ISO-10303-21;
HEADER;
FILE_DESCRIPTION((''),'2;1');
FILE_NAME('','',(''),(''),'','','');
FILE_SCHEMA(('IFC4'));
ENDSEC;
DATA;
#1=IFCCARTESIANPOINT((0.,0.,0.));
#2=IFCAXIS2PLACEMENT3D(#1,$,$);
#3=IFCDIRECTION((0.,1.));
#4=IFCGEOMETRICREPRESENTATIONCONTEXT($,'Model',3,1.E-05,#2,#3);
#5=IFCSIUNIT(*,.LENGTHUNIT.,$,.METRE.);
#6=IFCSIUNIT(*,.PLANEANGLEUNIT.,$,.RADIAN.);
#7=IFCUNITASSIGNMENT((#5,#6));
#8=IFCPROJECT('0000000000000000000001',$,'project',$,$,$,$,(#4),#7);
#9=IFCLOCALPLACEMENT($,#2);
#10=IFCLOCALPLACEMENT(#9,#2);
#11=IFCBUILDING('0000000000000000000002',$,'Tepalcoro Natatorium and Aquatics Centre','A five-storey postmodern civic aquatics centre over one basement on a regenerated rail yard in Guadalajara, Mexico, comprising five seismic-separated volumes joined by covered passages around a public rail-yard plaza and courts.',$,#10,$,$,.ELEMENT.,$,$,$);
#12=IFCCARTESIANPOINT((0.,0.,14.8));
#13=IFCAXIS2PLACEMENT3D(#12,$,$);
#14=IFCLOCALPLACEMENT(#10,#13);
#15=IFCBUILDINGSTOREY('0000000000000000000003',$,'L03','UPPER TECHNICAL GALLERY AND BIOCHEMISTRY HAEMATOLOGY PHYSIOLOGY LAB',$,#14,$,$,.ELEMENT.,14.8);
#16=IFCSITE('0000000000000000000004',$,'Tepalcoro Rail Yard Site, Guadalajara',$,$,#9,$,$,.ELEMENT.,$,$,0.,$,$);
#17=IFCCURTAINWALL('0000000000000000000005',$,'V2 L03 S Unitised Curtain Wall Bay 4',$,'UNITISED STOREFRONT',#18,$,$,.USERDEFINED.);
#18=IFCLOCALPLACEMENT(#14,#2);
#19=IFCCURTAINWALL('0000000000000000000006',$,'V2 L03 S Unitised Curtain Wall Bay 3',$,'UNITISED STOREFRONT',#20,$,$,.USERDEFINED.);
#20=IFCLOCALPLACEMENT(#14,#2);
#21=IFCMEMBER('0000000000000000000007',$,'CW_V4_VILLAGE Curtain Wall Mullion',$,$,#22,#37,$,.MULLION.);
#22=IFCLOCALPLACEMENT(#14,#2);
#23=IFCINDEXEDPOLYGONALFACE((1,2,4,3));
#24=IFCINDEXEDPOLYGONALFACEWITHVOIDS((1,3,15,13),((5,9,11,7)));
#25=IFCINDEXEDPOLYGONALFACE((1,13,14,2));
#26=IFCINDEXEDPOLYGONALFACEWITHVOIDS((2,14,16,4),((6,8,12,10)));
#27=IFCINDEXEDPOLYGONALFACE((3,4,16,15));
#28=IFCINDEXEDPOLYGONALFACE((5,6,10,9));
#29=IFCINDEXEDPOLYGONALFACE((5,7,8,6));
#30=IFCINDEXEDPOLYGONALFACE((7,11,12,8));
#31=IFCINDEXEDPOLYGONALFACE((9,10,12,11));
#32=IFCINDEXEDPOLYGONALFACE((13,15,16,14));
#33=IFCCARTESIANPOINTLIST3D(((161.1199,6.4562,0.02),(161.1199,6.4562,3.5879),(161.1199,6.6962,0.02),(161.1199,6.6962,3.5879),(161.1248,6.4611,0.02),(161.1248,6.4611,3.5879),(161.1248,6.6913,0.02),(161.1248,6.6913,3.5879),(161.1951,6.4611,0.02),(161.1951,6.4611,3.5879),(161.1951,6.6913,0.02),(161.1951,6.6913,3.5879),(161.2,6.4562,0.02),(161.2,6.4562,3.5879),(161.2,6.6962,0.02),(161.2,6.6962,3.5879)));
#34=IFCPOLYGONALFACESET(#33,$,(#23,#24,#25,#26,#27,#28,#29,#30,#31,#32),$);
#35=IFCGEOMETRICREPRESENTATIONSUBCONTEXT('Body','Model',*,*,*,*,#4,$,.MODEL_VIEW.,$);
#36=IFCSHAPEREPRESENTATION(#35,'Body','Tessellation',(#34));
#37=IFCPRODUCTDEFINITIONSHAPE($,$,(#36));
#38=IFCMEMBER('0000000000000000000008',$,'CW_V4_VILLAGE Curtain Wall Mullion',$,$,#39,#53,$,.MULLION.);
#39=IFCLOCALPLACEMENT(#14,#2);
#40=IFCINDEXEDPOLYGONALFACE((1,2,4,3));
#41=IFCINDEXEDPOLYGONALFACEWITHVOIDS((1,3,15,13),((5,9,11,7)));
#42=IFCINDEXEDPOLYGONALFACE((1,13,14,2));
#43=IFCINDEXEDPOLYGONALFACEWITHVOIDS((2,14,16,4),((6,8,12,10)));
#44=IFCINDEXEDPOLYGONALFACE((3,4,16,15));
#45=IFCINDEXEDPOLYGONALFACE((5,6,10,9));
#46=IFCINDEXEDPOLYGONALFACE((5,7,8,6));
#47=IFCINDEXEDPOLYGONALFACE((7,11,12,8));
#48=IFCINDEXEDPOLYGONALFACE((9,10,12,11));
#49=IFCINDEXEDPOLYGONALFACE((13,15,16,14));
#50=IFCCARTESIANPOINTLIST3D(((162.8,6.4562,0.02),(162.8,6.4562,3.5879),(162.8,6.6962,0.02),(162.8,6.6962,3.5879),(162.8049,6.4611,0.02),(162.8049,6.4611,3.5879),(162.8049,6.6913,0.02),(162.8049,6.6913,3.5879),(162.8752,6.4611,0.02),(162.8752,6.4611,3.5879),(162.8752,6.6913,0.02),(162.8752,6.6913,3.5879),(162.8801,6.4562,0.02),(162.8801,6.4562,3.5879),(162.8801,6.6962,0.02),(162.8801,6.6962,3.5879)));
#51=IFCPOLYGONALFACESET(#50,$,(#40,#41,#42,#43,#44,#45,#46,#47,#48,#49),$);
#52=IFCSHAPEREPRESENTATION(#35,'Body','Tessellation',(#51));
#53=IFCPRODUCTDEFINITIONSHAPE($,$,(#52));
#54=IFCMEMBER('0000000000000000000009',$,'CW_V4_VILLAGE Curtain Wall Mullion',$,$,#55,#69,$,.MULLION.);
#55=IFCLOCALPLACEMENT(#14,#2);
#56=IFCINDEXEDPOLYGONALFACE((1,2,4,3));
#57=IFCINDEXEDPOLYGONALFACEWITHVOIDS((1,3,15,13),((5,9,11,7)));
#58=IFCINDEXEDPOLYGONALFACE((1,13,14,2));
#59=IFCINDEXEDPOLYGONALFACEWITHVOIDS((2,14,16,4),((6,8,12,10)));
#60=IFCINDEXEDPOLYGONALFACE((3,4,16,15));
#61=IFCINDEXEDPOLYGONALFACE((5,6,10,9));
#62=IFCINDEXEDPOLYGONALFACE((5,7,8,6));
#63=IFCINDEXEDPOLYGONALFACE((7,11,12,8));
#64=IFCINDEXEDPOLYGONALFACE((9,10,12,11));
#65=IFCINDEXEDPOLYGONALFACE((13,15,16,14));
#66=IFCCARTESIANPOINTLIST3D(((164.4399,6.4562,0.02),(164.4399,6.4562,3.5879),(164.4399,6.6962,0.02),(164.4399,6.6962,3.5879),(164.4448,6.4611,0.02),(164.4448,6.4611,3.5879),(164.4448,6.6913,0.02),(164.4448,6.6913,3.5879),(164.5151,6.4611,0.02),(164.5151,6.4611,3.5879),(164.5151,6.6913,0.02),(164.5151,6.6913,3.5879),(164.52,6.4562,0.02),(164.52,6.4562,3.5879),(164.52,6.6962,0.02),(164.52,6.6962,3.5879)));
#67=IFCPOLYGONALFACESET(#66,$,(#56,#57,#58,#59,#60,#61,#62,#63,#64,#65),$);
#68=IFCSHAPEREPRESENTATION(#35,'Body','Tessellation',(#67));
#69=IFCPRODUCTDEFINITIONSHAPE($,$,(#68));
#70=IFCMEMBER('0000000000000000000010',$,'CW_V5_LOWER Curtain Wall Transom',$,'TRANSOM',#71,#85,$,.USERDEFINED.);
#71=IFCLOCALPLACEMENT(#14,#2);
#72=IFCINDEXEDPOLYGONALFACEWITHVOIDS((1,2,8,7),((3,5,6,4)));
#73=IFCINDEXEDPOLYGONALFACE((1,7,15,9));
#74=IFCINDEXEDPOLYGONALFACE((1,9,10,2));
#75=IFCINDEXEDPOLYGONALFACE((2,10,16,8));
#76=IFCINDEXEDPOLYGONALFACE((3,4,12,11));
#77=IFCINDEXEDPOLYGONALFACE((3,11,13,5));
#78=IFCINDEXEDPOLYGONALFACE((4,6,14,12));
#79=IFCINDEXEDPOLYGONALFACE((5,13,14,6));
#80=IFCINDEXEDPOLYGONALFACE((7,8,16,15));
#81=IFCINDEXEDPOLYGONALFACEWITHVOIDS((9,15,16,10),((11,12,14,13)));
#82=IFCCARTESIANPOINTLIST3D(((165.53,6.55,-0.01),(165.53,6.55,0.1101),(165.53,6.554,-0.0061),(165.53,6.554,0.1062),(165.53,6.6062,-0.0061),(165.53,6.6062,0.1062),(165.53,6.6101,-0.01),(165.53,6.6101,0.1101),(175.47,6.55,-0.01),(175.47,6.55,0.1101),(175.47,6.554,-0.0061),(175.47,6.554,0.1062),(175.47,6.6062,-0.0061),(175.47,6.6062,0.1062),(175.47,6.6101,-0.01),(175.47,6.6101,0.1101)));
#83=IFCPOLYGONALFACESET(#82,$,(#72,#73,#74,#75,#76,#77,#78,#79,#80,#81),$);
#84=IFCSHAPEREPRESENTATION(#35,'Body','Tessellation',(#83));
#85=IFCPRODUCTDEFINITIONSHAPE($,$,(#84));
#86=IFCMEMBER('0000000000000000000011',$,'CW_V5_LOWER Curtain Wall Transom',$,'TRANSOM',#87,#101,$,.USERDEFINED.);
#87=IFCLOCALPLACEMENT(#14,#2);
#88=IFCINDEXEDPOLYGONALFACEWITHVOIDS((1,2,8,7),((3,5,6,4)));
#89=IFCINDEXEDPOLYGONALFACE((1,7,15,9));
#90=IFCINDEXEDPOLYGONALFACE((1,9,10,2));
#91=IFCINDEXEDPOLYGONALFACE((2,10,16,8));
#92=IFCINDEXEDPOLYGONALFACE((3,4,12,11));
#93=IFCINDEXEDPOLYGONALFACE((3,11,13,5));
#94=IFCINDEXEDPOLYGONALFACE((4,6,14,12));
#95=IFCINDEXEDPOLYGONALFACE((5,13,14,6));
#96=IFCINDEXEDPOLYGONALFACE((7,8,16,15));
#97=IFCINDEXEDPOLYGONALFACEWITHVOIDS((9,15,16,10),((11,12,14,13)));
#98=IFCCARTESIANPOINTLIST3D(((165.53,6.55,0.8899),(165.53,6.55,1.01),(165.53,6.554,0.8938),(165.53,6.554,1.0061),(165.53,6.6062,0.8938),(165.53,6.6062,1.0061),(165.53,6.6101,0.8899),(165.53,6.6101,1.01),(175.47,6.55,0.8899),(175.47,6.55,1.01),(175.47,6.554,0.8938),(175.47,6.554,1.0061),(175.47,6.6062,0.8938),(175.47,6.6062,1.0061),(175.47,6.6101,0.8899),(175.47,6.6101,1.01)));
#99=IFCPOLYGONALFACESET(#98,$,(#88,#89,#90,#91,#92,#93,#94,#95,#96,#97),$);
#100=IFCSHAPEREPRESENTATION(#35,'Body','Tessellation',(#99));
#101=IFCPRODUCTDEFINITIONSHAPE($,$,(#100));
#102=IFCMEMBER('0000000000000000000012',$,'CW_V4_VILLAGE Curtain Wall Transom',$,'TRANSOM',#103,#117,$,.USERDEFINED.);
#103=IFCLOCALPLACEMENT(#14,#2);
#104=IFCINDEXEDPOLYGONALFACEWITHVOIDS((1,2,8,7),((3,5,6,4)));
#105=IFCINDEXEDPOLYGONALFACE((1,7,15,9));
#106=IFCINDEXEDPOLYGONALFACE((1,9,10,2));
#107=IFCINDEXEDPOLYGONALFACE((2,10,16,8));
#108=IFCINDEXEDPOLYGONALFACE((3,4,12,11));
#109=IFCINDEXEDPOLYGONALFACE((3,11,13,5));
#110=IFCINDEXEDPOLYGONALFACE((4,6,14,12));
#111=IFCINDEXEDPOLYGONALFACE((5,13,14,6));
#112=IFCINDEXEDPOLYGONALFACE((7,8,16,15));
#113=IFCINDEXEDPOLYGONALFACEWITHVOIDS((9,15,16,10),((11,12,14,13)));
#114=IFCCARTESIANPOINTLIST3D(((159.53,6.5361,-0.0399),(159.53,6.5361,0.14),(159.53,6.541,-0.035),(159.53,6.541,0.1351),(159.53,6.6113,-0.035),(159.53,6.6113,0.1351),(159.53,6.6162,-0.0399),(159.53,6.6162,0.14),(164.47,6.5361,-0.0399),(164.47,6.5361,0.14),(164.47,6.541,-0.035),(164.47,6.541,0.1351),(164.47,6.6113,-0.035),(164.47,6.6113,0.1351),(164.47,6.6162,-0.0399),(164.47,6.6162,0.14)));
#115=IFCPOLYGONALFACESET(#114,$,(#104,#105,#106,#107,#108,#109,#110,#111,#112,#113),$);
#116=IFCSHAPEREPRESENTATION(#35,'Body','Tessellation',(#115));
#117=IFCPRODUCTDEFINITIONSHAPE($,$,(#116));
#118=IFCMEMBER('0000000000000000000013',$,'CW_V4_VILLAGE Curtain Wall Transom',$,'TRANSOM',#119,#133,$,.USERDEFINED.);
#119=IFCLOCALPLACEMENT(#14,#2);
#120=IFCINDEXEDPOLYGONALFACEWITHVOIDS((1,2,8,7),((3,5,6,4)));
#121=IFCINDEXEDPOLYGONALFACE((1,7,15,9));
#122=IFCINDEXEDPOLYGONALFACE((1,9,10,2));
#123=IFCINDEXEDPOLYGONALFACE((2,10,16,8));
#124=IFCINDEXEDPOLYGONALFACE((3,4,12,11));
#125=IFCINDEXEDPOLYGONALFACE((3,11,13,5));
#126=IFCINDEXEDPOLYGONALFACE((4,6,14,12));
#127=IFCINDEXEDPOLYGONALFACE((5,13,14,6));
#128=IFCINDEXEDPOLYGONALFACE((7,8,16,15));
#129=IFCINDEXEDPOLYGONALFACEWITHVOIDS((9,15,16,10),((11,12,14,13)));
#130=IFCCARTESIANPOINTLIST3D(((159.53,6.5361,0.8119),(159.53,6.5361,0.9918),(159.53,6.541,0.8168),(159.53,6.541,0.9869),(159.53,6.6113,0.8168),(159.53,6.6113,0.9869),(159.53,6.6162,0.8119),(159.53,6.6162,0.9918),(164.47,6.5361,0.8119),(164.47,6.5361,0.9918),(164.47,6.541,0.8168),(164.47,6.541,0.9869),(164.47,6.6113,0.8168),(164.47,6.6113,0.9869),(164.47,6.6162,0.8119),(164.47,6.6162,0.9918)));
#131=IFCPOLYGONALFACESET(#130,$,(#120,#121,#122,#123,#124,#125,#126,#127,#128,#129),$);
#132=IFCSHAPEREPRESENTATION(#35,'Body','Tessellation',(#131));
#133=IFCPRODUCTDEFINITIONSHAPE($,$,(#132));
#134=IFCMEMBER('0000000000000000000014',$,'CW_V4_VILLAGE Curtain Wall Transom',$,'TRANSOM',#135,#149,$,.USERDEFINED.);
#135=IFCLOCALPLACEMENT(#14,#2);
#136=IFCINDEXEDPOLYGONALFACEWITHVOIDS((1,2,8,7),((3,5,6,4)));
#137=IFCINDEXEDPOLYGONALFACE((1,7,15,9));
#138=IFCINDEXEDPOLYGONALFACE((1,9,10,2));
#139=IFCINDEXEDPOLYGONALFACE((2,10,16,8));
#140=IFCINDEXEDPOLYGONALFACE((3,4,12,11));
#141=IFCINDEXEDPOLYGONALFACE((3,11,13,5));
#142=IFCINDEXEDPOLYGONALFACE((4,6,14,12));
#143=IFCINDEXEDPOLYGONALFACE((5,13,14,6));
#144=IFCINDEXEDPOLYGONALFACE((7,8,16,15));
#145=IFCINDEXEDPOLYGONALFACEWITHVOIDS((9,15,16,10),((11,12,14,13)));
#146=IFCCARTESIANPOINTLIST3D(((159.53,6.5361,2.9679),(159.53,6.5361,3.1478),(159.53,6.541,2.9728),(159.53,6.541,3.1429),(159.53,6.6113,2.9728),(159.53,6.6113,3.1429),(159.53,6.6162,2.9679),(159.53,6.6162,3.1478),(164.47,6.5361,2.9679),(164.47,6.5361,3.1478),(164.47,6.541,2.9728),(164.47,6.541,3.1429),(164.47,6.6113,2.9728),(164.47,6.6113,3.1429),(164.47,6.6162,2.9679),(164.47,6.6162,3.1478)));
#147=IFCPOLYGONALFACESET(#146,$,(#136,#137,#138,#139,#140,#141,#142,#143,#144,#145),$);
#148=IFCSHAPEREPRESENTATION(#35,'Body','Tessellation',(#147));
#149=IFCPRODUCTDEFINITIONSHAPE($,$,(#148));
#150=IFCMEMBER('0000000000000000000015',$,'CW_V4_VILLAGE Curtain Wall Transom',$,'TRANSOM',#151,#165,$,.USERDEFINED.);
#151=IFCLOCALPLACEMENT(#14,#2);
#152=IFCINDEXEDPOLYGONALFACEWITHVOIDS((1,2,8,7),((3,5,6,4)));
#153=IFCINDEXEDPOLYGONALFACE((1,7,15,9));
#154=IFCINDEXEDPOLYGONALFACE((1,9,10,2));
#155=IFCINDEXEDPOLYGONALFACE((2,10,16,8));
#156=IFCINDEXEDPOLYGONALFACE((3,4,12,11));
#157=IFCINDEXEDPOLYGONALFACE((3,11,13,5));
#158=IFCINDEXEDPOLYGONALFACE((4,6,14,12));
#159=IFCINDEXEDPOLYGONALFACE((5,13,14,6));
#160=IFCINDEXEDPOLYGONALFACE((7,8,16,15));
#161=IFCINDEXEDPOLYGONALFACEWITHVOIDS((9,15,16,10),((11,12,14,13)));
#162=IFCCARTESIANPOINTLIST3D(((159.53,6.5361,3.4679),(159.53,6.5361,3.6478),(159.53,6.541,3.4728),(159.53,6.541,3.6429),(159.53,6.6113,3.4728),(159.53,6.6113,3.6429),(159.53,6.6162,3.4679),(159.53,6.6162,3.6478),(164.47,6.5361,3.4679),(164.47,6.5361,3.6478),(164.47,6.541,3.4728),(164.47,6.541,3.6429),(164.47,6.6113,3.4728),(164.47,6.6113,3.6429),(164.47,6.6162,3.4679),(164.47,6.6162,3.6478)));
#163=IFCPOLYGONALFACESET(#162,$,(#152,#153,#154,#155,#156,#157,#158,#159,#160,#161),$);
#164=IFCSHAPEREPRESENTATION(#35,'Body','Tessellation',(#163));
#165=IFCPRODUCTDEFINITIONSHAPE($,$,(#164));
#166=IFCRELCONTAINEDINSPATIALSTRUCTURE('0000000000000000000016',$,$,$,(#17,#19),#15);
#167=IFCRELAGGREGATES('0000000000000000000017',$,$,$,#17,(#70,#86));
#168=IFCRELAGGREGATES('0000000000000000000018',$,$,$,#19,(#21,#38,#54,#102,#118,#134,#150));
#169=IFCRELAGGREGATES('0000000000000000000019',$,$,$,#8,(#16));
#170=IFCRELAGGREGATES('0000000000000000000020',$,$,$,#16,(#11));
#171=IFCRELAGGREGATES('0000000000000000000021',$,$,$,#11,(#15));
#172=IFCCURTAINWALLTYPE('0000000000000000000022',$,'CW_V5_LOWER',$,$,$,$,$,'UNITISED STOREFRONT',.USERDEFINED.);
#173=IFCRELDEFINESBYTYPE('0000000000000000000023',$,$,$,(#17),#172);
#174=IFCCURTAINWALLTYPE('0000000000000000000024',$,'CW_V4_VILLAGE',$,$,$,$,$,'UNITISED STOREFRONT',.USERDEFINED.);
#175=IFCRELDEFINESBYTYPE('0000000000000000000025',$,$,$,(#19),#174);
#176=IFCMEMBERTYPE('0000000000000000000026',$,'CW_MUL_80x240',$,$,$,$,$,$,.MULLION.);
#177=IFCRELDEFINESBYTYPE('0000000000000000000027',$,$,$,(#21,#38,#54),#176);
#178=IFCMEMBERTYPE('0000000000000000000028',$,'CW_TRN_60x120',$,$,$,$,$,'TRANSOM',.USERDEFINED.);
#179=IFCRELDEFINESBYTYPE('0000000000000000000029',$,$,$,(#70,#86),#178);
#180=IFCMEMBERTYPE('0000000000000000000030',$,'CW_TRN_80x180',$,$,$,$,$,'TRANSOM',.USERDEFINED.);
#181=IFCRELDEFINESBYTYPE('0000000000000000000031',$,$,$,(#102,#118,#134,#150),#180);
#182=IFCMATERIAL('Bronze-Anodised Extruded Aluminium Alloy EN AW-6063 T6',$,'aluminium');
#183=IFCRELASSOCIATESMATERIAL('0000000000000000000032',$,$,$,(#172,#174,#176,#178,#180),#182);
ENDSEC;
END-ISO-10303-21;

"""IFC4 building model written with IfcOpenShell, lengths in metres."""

from ifc_helpers import new_model, si_unit, direction, frame, origin, origin_2d, place, context, subcontext, project, spatial, hollow_rectangle, extrude, material, material_profile, profile_set, type_object, element, aggregate, save


model = new_model("IFC4")

# Units and contexts
model_context = context("Model", 3, precision=1e-05, world=origin(), true_north=direction((0.0, 1.0)))
body_context = subcontext(model_context, "Body", "Model", "MODEL_VIEW")
ifc_project = project(units=[si_unit("LENGTHUNIT", "METRE"), si_unit("PLANEANGLEUNIT", "RADIAN")], contexts=[model_context])

# Site, building, storey
site_placement = place(None, origin())
site = spatial("IfcSite", under=ifc_project, at=site_placement, Name="Tepalcoro Rail Yard Site, Guadalajara", CompositionType="ELEMENT", RefElevation=0.0)
building_placement = place(site_placement, origin())
building = spatial("IfcBuilding", under=site, at=building_placement, Name="Tepalcoro Natatorium and Aquatics Centre", Description="A five-storey postmodern civic aquatics centre over one basement on a regenerated rail yard in Guadalajara, Mexico, comprising five seismic-separated volumes joined by covered passages around a public rail-yard plaza and courts.", CompositionType="ELEMENT")
storey_placement = place(building_placement, frame((0.0, 0.0, 14.8)))
storey = spatial("IfcBuildingStorey", under=building, at=storey_placement, Name="L03", Description="UPPER TECHNICAL GALLERY AND BIOCHEMISTRY HAEMATOLOGY PHYSIOLOGY LAB", CompositionType="ELEMENT", Elevation=14.8)

# Curtain wall
ifc_material_1 = material(Name="Bronze-Anodised Extruded Aluminium Alloy EN AW-6063 T6", Category="aluminium")
curtain_wall_type_1 = type_object("IfcCurtainWallType", Name="CW_V5_LOWER", ElementType="UNITISED STOREFRONT", PredefinedType="USERDEFINED", material=ifc_material_1)
curtain_wall_1_placement = place(storey_placement, origin())
curtain_wall_1 = element("IfcCurtainWall", 1, at=curtain_wall_1_placement, inside=storey, type_object=curtain_wall_type_1, Name="V2 L03 S Unitised Curtain Wall Bay 4", ObjectType="UNITISED STOREFRONT", PredefinedType="USERDEFINED")

# Curtain wall, members
curtain_wall_type_2 = type_object("IfcCurtainWallType", Name="CW_V4_VILLAGE", ElementType="UNITISED STOREFRONT", PredefinedType="USERDEFINED", material=ifc_material_1)
curtain_wall_2_placement = place(storey_placement, origin())
curtain_wall_2 = element("IfcCurtainWall", 2, at=curtain_wall_2_placement, inside=storey, type_object=curtain_wall_type_2, Name="V2 L03 S Unitised Curtain Wall Bay 3", ObjectType="UNITISED STOREFRONT", PredefinedType="USERDEFINED")
ifc_material_profile_1 = material_profile(ifc_material_1, hollow_rectangle(XDim=0.0801, YDim=0.24, WallThickness=0.0049, at=origin_2d()), Name="AL80X240X5")
ifc_profile_set_1 = profile_set([ifc_material_profile_1], Name="Bronze-Anodised Extruded Aluminium Alloy EN AW-6063 T6")
member_type_1 = type_object("IfcMemberType", Name="CW_MUL_80x240", PredefinedType="MULLION", material=ifc_profile_set_1)
member_1_placement = place(storey_placement, frame((161.1599, 6.5762, 0.02), z_axis=(0.0, 0.0, 1.0), x_axis=(1.0, 0.0, 0.0)))
member_1 = element("IfcMember", 3, at=member_1_placement, type_object=member_type_1, Name="CW_V4_VILLAGE Curtain Wall Mullion", PredefinedType="MULLION", context=body_context, shape_type="SweptSolid", body=[
    extrude(hollow_rectangle(XDim=0.0801, YDim=0.24, WallThickness=0.0049, at=origin_2d()), origin(), (0.0, 0.0, 1.0), 3.5679),
])
member_2_placement = place(storey_placement, frame((162.8401, 6.5762, 0.02), z_axis=(0.0, 0.0, 1.0), x_axis=(1.0, 0.0, 0.0)))
member_2 = element("IfcMember", 4, at=member_2_placement, type_object=member_type_1, Name="CW_V4_VILLAGE Curtain Wall Mullion", PredefinedType="MULLION", context=body_context, shape_type="SweptSolid", body=[
    extrude(hollow_rectangle(XDim=0.0801, YDim=0.24, WallThickness=0.0049, at=origin_2d()), origin(), (0.0, 0.0, 1.0), 3.5679),
])
member_3_placement = place(storey_placement, frame((164.48, 6.5762, 0.02), z_axis=(0.0, 0.0, 1.0), x_axis=(1.0, 0.0, 0.0)))
member_3 = element("IfcMember", 5, at=member_3_placement, type_object=member_type_1, Name="CW_V4_VILLAGE Curtain Wall Mullion", PredefinedType="MULLION", context=body_context, shape_type="SweptSolid", body=[
    extrude(hollow_rectangle(XDim=0.0801, YDim=0.24, WallThickness=0.0049, at=origin_2d()), origin(), (0.0, 0.0, 1.0), 3.5679),
])

# Members
ifc_material_profile_2 = material_profile(ifc_material_1, hollow_rectangle(XDim=0.0601, YDim=0.1201, WallThickness=0.0039, at=origin_2d()), Name="AL60X120X4")
ifc_profile_set_2 = profile_set([ifc_material_profile_2], Name="Bronze-Anodised Extruded Aluminium Alloy EN AW-6063 T6")
member_type_2 = type_object("IfcMemberType", Name="CW_TRN_60x120", ElementType="TRANSOM", PredefinedType="USERDEFINED", material=ifc_profile_set_2)
member_4_placement = place(storey_placement, frame((165.53, 6.5801, 0.05), z_axis=(1.0, 0.0, 0.0), x_axis=(0.0, 1.0, 0.0)))
member_4 = element("IfcMember", 6, at=member_4_placement, type_object=member_type_2, Name="CW_V5_LOWER Curtain Wall Transom", ObjectType="TRANSOM", PredefinedType="USERDEFINED", context=body_context, shape_type="SweptSolid", body=[
    extrude(hollow_rectangle(XDim=0.0601, YDim=0.1201, WallThickness=0.0039, at=origin_2d()), origin(), (0.0, 0.0, 1.0), 9.9399),
])
member_5_placement = place(storey_placement, frame((165.53, 6.5801, 0.95), z_axis=(1.0, 0.0, 0.0), x_axis=(0.0, 1.0, 0.0)))
member_5 = element("IfcMember", 7, at=member_5_placement, type_object=member_type_2, Name="CW_V5_LOWER Curtain Wall Transom", ObjectType="TRANSOM", PredefinedType="USERDEFINED", context=body_context, shape_type="SweptSolid", body=[
    extrude(hollow_rectangle(XDim=0.0601, YDim=0.1201, WallThickness=0.0039, at=origin_2d()), origin(), (0.0, 0.0, 1.0), 9.9399),
])
aggregate(curtain_wall_1, [member_4, member_5])
ifc_material_profile_3 = material_profile(ifc_material_1, hollow_rectangle(XDim=0.0801, YDim=0.1799, WallThickness=0.0049, at=origin_2d()), Name="AL80X180X5")
ifc_profile_set_3 = profile_set([ifc_material_profile_3], Name="Bronze-Anodised Extruded Aluminium Alloy EN AW-6063 T6")
member_type_3 = type_object("IfcMemberType", Name="CW_TRN_80x180", ElementType="TRANSOM", PredefinedType="USERDEFINED", material=ifc_profile_set_3)
member_6_placement = place(storey_placement, frame((159.53, 6.5762, 0.05), z_axis=(1.0, 0.0, 0.0), x_axis=(0.0, 1.0, 0.0)))
member_6 = element("IfcMember", 8, at=member_6_placement, type_object=member_type_3, Name="CW_V4_VILLAGE Curtain Wall Transom", ObjectType="TRANSOM", PredefinedType="USERDEFINED", context=body_context, shape_type="SweptSolid", body=[
    extrude(hollow_rectangle(XDim=0.0801, YDim=0.1799, WallThickness=0.0049, at=origin_2d()), origin(), (0.0, 0.0, 1.0), 4.9399),
])
member_7_placement = place(storey_placement, frame((159.53, 6.5762, 0.9019), z_axis=(1.0, 0.0, 0.0), x_axis=(0.0, 1.0, 0.0)))
member_7 = element("IfcMember", 9, at=member_7_placement, type_object=member_type_3, Name="CW_V4_VILLAGE Curtain Wall Transom", ObjectType="TRANSOM", PredefinedType="USERDEFINED", context=body_context, shape_type="SweptSolid", body=[
    extrude(hollow_rectangle(XDim=0.0801, YDim=0.1799, WallThickness=0.0049, at=origin_2d()), origin(), (0.0, 0.0, 1.0), 4.9399),
])
member_8_placement = place(storey_placement, frame((159.53, 6.5762, 3.0579), z_axis=(1.0, 0.0, 0.0), x_axis=(0.0, 1.0, 0.0)))
member_8 = element("IfcMember", 10, at=member_8_placement, type_object=member_type_3, Name="CW_V4_VILLAGE Curtain Wall Transom", ObjectType="TRANSOM", PredefinedType="USERDEFINED", context=body_context, shape_type="SweptSolid", body=[
    extrude(hollow_rectangle(XDim=0.0801, YDim=0.1799, WallThickness=0.0049, at=origin_2d()), origin(), (0.0, 0.0, 1.0), 4.9399),
])
member_9_placement = place(storey_placement, frame((159.53, 6.5762, 3.5579), z_axis=(1.0, 0.0, 0.0), x_axis=(0.0, 1.0, 0.0)))
member_9 = element("IfcMember", 11, at=member_9_placement, type_object=member_type_3, Name="CW_V4_VILLAGE Curtain Wall Transom", ObjectType="TRANSOM", PredefinedType="USERDEFINED", context=body_context, shape_type="SweptSolid", body=[
    extrude(hollow_rectangle(XDim=0.0801, YDim=0.1799, WallThickness=0.0049, at=origin_2d()), origin(), (0.0, 0.0, 1.0), 4.9399),
])

aggregate(curtain_wall_2, [member_1, member_2, member_3, member_6, member_7, member_8, member_9])

save(model, "model.ifc")
